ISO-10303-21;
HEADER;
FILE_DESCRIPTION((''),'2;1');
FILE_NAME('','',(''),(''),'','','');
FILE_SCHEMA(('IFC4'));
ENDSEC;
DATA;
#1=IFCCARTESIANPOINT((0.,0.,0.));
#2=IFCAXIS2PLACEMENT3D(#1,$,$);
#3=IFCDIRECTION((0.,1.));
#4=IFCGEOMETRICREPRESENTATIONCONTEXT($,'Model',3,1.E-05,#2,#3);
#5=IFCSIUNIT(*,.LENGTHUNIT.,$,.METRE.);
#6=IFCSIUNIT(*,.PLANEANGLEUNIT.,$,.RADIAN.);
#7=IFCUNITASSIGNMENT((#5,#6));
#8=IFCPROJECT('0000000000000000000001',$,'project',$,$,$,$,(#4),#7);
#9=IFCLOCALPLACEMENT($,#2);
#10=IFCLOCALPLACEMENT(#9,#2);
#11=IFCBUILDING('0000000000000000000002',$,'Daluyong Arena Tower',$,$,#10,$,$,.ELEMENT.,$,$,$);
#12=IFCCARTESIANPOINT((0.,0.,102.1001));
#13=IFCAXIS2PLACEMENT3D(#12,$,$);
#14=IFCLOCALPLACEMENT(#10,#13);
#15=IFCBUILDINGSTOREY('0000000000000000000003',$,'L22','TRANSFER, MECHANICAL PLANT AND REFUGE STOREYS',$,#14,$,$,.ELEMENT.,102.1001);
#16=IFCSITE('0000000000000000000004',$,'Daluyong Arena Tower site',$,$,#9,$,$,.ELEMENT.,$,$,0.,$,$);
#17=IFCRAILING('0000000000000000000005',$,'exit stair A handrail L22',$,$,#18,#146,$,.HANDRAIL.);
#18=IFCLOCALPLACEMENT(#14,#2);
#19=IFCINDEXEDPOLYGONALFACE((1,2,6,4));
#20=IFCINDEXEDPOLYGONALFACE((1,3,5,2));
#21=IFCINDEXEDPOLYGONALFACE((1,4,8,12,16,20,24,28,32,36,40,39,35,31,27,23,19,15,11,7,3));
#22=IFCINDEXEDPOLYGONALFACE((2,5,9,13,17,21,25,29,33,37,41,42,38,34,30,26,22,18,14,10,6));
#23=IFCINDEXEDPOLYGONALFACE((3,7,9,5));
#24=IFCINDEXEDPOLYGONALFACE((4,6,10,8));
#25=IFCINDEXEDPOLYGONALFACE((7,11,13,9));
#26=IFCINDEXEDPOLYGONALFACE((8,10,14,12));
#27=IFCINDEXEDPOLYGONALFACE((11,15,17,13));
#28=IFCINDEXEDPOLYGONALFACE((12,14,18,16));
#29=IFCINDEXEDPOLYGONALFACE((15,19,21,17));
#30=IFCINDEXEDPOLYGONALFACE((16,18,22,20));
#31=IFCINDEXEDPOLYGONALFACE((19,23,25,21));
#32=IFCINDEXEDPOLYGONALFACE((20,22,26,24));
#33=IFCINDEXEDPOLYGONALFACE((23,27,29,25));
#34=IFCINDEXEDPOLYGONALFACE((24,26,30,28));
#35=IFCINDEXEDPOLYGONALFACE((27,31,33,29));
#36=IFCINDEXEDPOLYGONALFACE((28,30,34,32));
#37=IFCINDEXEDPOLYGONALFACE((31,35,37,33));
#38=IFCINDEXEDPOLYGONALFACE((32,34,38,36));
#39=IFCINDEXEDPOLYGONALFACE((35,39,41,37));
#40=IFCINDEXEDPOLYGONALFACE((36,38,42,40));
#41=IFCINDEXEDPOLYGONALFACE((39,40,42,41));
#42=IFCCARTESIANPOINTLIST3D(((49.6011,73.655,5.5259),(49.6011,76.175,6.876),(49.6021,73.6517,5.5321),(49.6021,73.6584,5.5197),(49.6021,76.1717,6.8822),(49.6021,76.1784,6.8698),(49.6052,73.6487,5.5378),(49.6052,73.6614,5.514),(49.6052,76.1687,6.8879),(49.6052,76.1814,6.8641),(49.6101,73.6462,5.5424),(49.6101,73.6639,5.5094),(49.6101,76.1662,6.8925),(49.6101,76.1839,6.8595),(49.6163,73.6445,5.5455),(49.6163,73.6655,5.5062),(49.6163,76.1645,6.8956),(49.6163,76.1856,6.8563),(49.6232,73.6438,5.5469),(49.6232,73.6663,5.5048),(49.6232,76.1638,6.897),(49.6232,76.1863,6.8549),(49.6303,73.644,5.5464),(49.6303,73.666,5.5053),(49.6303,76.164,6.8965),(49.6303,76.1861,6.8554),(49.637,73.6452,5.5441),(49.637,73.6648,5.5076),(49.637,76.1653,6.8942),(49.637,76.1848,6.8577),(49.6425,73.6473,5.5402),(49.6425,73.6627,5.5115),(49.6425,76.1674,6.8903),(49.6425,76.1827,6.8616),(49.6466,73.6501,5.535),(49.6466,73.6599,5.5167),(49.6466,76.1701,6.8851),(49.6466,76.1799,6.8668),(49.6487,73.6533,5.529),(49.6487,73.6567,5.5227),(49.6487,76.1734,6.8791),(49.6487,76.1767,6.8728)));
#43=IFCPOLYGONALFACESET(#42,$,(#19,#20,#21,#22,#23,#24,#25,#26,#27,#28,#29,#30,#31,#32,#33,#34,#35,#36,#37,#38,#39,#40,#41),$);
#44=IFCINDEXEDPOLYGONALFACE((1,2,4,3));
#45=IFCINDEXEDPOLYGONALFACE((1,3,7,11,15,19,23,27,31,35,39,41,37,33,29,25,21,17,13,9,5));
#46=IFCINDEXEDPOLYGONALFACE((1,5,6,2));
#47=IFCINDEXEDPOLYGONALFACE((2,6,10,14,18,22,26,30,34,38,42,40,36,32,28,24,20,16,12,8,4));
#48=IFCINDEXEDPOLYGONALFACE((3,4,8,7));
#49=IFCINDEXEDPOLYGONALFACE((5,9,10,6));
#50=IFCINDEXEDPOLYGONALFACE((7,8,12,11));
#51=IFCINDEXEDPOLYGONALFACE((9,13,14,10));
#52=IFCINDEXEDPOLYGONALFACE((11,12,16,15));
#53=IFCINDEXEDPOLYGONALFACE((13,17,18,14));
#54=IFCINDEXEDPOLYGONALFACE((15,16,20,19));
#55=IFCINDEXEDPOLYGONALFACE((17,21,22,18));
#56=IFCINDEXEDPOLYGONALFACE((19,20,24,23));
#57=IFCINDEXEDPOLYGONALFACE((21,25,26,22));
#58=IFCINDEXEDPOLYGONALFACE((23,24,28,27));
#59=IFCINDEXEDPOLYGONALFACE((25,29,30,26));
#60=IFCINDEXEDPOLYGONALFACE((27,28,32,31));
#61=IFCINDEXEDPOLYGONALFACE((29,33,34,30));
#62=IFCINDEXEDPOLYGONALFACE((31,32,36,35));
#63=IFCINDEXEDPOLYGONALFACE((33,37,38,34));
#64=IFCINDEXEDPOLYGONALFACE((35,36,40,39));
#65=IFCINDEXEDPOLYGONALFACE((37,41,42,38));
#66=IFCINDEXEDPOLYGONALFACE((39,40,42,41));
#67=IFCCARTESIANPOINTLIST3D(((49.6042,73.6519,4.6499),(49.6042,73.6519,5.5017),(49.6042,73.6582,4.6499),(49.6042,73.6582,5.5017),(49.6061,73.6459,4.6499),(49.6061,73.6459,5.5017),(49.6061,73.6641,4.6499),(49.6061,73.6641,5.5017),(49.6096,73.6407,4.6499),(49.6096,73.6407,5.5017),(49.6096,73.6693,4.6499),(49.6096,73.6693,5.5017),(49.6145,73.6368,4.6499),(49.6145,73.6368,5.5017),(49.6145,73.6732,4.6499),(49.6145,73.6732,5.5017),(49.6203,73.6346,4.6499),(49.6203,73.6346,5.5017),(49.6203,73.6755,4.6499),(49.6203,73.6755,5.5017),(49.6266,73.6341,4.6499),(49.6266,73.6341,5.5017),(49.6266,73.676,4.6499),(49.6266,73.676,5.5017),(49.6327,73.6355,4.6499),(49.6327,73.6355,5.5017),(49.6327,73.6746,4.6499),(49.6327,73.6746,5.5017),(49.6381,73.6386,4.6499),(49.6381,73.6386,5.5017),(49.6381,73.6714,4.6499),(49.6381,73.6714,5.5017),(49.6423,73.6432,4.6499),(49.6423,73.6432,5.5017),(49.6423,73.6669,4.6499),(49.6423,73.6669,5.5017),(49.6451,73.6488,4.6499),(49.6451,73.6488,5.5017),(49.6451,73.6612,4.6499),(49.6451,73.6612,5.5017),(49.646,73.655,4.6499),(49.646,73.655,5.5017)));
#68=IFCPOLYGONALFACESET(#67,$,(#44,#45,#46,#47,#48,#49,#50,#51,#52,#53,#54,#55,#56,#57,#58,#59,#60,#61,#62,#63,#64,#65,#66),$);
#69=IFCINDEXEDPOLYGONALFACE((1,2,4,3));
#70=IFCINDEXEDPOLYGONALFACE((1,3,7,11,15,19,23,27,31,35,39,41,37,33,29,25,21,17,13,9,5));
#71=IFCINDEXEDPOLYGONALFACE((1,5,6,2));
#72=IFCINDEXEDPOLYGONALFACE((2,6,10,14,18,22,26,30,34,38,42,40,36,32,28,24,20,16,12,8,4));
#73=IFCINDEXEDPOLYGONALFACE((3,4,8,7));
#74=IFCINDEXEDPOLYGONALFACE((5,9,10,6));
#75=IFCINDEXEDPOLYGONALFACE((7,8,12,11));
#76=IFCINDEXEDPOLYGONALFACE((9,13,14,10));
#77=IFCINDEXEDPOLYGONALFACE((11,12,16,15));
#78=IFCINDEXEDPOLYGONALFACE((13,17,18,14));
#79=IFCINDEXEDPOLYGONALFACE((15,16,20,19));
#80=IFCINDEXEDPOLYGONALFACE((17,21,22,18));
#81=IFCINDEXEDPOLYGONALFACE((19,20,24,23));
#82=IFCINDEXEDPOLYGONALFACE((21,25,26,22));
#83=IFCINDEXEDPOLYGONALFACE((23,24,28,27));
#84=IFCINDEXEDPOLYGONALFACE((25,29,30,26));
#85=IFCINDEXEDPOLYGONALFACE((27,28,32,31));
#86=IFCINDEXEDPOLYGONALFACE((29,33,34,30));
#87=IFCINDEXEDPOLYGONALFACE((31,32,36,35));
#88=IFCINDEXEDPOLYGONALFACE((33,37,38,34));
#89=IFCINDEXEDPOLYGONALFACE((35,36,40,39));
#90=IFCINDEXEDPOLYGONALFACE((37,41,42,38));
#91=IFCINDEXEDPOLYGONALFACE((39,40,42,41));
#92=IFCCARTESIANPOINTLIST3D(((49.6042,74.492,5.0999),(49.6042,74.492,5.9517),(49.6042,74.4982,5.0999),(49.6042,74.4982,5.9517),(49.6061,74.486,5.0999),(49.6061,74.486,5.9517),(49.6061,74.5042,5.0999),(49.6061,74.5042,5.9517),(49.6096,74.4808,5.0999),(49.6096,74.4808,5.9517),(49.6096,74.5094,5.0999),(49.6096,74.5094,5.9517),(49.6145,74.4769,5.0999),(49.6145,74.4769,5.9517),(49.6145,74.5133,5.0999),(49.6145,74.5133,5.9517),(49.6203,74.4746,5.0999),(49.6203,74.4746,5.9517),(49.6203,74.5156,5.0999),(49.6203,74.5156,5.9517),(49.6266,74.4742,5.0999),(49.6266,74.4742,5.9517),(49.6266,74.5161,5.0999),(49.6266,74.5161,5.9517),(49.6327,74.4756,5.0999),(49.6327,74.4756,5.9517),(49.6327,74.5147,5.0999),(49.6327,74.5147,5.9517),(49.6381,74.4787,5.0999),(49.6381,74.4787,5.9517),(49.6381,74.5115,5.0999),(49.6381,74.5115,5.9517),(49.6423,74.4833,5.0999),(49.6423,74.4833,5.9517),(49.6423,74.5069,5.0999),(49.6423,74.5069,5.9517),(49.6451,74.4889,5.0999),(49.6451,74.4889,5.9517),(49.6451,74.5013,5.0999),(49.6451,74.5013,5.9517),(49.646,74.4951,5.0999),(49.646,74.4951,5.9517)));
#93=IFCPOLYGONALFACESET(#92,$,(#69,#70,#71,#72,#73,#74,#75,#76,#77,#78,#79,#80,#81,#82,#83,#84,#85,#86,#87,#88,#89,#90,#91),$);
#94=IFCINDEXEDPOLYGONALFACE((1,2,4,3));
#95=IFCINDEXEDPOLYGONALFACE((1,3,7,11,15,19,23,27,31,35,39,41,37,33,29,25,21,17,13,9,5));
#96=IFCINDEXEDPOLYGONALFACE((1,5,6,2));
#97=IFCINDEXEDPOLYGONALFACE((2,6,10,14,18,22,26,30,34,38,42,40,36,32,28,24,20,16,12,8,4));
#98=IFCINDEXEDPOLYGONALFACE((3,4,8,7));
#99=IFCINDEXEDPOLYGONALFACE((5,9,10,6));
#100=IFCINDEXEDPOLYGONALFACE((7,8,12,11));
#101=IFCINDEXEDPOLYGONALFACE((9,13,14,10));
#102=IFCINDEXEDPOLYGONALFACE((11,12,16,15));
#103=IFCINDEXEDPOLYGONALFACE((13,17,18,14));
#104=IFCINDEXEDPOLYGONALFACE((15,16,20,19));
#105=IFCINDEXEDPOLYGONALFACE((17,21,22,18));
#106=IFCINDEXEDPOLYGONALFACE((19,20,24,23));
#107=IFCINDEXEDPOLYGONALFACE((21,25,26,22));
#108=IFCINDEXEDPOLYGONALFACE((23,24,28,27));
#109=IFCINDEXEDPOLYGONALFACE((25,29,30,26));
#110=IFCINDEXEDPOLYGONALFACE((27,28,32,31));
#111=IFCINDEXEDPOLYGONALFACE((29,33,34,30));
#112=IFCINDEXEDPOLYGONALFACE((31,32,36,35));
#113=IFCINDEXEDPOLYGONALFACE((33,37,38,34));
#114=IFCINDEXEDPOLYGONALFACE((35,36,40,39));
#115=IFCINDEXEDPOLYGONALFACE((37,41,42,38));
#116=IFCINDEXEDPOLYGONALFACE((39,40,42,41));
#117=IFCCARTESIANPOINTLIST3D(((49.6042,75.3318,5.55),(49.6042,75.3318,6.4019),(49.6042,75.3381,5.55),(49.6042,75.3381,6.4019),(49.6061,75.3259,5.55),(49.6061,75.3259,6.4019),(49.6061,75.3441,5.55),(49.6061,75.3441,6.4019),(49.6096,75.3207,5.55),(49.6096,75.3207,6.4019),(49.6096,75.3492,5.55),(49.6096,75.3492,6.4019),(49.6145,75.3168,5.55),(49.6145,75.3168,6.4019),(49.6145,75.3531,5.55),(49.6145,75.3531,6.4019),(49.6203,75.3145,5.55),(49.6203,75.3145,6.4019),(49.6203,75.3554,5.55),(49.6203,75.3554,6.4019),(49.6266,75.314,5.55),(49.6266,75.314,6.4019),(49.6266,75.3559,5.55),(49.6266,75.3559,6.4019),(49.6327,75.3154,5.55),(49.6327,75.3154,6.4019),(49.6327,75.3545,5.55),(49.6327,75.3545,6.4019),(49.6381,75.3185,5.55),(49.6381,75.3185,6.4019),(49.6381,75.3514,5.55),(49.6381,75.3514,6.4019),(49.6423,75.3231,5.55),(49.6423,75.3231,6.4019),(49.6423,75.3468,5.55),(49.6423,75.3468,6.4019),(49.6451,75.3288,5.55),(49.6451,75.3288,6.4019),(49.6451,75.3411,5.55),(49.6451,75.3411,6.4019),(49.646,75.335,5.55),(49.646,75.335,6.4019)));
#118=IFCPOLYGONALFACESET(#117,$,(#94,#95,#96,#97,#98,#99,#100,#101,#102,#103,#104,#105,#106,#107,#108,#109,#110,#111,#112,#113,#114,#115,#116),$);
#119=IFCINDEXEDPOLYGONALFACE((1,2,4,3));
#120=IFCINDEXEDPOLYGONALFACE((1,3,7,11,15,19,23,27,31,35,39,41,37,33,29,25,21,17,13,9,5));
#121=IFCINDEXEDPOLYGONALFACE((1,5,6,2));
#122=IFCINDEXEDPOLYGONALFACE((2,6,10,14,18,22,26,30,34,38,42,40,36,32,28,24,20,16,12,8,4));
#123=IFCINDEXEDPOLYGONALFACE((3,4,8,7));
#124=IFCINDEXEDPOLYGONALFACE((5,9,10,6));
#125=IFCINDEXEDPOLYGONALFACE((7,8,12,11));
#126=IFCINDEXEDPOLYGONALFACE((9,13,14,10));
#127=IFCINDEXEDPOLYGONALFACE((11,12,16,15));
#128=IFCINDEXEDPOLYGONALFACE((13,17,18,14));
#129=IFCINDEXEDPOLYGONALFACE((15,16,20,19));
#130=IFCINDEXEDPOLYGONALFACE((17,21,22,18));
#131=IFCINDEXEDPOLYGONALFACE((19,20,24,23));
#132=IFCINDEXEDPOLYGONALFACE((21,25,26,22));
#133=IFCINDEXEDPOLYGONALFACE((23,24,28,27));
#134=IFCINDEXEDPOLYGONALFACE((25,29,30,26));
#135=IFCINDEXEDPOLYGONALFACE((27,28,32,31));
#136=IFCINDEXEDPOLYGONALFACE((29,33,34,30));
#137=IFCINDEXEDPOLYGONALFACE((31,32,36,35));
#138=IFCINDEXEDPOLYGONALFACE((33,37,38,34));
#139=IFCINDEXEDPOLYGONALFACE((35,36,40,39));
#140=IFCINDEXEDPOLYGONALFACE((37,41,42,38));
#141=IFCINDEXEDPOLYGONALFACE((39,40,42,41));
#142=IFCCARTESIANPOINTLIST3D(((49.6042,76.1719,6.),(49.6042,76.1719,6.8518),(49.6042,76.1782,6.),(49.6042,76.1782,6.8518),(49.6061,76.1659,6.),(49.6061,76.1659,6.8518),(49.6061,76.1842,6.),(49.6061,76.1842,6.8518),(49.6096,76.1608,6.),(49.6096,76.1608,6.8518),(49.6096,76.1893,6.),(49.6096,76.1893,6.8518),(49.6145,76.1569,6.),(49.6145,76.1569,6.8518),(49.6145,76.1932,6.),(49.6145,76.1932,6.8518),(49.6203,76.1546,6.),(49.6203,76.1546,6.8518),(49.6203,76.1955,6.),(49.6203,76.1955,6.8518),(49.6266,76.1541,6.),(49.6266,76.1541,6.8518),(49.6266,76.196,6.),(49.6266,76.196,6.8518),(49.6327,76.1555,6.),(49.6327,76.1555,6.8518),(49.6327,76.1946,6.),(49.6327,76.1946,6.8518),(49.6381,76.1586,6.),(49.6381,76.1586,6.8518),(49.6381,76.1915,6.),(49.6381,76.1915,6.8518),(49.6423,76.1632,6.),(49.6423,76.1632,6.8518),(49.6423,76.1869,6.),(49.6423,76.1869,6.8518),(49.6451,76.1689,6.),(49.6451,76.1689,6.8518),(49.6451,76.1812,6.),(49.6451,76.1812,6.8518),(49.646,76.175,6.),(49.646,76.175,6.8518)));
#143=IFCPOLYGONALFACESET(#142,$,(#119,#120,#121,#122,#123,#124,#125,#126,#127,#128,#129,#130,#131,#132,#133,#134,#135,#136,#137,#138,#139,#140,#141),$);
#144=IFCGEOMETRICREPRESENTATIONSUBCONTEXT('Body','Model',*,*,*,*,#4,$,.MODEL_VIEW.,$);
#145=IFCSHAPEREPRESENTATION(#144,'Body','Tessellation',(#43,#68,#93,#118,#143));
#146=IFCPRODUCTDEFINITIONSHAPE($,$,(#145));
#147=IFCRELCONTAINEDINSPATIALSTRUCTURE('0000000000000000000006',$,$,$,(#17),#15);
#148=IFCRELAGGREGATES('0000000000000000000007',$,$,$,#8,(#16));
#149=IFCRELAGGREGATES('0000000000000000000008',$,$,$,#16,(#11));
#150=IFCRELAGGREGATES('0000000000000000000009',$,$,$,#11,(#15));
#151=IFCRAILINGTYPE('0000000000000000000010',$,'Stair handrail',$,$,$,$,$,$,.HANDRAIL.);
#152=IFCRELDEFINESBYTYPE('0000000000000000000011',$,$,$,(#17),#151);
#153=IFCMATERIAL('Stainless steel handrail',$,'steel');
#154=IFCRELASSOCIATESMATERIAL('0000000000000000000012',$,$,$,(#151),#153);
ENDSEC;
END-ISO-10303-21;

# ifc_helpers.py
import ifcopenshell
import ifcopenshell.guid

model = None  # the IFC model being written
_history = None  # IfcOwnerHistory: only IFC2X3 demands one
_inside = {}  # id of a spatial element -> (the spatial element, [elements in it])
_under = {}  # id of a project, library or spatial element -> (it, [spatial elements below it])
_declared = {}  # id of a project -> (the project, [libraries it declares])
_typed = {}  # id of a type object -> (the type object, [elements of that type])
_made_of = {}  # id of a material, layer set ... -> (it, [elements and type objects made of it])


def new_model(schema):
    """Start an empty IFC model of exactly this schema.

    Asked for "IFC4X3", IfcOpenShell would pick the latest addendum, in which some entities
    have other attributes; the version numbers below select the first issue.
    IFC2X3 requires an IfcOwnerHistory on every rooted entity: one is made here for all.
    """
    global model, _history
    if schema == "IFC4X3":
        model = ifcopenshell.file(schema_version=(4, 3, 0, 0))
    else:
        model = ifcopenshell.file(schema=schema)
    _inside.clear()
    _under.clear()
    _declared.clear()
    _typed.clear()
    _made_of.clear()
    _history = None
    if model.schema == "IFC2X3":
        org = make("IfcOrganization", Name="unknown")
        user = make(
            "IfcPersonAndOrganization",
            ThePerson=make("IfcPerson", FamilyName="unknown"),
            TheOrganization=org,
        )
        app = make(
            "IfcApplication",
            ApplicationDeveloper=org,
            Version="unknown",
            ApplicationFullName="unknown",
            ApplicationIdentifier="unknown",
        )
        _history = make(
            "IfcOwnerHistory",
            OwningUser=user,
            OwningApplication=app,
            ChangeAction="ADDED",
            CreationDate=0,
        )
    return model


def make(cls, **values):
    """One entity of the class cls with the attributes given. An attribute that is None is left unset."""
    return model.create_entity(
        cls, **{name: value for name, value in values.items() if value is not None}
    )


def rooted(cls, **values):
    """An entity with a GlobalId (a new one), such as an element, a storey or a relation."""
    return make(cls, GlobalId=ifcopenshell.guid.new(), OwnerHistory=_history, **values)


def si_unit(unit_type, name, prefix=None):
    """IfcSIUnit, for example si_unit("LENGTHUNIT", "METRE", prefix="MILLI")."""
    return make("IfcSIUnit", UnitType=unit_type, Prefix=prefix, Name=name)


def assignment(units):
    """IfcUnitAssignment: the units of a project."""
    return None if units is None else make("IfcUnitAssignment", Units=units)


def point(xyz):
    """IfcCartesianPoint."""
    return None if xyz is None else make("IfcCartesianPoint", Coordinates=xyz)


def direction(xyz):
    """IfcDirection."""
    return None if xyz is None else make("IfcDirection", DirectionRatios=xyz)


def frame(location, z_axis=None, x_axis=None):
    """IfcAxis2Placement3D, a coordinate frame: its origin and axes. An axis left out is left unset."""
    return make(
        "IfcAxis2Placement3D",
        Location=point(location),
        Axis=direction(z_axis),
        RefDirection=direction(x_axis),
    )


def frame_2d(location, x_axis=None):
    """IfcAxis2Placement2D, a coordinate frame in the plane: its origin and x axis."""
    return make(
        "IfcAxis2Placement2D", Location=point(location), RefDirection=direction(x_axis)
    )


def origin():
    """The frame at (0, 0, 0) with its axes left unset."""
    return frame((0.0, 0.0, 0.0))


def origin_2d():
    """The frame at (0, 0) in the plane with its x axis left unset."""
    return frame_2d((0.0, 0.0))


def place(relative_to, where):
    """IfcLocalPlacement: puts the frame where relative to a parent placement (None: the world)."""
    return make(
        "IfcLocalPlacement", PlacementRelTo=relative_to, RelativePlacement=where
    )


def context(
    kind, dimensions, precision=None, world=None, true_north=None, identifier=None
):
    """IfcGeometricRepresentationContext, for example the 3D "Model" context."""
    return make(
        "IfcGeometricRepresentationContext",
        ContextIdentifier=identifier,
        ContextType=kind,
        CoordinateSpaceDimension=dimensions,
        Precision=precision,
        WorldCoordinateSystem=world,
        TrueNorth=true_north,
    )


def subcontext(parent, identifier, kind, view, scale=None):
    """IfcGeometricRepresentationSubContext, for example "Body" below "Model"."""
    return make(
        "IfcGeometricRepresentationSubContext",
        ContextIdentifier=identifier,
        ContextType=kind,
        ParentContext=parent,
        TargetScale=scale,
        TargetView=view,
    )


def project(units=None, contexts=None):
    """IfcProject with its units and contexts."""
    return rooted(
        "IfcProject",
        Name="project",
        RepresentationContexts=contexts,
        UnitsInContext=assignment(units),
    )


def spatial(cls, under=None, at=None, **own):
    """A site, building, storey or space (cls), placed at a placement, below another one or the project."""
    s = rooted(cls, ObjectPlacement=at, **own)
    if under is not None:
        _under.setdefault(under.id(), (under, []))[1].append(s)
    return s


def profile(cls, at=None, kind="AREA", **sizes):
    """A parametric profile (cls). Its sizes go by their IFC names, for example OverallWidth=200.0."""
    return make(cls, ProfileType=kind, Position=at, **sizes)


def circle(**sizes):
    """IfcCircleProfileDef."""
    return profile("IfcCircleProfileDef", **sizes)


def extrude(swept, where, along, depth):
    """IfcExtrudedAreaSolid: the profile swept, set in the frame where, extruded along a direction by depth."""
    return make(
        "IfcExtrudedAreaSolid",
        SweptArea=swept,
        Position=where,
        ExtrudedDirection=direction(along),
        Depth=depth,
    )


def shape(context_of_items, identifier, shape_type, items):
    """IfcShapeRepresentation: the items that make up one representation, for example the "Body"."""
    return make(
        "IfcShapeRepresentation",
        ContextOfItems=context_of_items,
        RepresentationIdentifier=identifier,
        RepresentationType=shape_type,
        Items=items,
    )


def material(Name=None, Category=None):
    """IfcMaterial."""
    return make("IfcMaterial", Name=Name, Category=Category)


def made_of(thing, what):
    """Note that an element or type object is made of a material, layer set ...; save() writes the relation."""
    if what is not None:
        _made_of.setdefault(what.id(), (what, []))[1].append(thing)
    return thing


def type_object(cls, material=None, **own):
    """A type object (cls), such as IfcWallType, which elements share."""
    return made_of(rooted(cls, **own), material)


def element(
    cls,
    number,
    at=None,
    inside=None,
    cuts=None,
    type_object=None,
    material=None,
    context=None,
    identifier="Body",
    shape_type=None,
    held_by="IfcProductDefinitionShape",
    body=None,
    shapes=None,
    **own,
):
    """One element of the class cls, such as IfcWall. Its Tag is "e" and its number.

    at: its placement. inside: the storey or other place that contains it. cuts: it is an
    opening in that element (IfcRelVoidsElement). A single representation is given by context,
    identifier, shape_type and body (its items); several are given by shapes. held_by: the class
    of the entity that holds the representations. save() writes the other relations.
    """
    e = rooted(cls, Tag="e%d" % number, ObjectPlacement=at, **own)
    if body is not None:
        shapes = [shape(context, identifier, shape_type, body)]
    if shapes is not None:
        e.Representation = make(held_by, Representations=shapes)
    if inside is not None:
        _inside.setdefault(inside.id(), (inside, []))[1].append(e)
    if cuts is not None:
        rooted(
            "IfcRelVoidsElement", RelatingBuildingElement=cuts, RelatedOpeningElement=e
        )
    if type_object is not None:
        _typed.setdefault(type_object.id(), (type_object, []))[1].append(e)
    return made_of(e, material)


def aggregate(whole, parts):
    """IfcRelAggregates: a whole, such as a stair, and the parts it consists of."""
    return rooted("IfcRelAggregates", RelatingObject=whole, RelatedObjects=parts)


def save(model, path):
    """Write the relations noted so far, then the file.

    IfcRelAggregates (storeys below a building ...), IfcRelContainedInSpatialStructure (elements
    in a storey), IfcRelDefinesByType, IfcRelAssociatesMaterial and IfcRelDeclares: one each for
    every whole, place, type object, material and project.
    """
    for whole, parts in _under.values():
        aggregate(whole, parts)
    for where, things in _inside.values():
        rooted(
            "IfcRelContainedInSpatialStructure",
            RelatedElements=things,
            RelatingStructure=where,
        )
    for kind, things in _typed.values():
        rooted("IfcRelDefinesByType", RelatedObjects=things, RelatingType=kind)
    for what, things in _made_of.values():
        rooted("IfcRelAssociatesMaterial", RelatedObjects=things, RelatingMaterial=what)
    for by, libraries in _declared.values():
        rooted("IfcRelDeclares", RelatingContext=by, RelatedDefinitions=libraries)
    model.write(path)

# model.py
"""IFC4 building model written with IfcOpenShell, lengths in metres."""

from ifc_helpers import new_model, si_unit, direction, frame, origin, origin_2d, place, context, subcontext, project, spatial, circle, extrude, material, type_object, element, save


model = new_model("IFC4")

# Units and contexts
model_context = context("Model", 3, precision=1e-05, world=origin(), true_north=direction((0.0, 1.0)))
body_context = subcontext(model_context, "Body", "Model", "MODEL_VIEW")
ifc_project = project(units=[si_unit("LENGTHUNIT", "METRE"), si_unit("PLANEANGLEUNIT", "RADIAN")], contexts=[model_context])

# Site, building, storey
site_placement = place(None, origin())
site = spatial("IfcSite", under=ifc_project, at=site_placement, Name="Daluyong Arena Tower site", CompositionType="ELEMENT", RefElevation=0.0)
building_placement = place(site_placement, origin())
building = spatial("IfcBuilding", under=site, at=building_placement, Name="Daluyong Arena Tower", CompositionType="ELEMENT")
storey_placement = place(building_placement, frame((0.0, 0.0, 102.1001)))
storey = spatial("IfcBuildingStorey", under=building, at=storey_placement, Name="L22", Description="TRANSFER, MECHANICAL PLANT AND REFUGE STOREYS", CompositionType="ELEMENT", Elevation=102.1001)

# Railing
ifc_material_1 = material(Name="Stainless steel handrail", Category="steel")
railing_type_1 = type_object("IfcRailingType", Name="Stair handrail", PredefinedType="HANDRAIL", material=ifc_material_1)
railing_1_placement = place(storey_placement, frame((49.625, 73.655, 4.6499)))
element("IfcRailing", 1, at=railing_1_placement, inside=storey, type_object=railing_type_1, Name="exit stair A handrail L22", PredefinedType="HANDRAIL", context=body_context, shape_type="SweptSolid", body=[
    extrude(circle(Radius=0.0239, at=origin_2d()), frame((0.0, 0.0, 0.876), z_axis=(0.0, 0.881467, 0.472245), x_axis=(-1.0, 0.0, 0.0)), (0.0, 0.0, 1.0), 2.8589),
    extrude(circle(Radius=0.021, at=origin_2d()), origin(), (0.0, 0.0, 1.0), 0.8518),
    extrude(circle(Radius=0.021, at=origin_2d()), frame((0.0, 0.8401, 0.45)), (0.0, 0.0, 1.0), 0.8518),
    extrude(circle(Radius=0.021, at=origin_2d()), frame((0.0, 1.6799, 0.9001)), (0.0, 0.0, 1.0), 0.8518),
    extrude(circle(Radius=0.021, at=origin_2d()), frame((0.0, 2.52, 1.3501)), (0.0, 0.0, 1.0), 0.8518),
])

save(model, "model.ifc")
